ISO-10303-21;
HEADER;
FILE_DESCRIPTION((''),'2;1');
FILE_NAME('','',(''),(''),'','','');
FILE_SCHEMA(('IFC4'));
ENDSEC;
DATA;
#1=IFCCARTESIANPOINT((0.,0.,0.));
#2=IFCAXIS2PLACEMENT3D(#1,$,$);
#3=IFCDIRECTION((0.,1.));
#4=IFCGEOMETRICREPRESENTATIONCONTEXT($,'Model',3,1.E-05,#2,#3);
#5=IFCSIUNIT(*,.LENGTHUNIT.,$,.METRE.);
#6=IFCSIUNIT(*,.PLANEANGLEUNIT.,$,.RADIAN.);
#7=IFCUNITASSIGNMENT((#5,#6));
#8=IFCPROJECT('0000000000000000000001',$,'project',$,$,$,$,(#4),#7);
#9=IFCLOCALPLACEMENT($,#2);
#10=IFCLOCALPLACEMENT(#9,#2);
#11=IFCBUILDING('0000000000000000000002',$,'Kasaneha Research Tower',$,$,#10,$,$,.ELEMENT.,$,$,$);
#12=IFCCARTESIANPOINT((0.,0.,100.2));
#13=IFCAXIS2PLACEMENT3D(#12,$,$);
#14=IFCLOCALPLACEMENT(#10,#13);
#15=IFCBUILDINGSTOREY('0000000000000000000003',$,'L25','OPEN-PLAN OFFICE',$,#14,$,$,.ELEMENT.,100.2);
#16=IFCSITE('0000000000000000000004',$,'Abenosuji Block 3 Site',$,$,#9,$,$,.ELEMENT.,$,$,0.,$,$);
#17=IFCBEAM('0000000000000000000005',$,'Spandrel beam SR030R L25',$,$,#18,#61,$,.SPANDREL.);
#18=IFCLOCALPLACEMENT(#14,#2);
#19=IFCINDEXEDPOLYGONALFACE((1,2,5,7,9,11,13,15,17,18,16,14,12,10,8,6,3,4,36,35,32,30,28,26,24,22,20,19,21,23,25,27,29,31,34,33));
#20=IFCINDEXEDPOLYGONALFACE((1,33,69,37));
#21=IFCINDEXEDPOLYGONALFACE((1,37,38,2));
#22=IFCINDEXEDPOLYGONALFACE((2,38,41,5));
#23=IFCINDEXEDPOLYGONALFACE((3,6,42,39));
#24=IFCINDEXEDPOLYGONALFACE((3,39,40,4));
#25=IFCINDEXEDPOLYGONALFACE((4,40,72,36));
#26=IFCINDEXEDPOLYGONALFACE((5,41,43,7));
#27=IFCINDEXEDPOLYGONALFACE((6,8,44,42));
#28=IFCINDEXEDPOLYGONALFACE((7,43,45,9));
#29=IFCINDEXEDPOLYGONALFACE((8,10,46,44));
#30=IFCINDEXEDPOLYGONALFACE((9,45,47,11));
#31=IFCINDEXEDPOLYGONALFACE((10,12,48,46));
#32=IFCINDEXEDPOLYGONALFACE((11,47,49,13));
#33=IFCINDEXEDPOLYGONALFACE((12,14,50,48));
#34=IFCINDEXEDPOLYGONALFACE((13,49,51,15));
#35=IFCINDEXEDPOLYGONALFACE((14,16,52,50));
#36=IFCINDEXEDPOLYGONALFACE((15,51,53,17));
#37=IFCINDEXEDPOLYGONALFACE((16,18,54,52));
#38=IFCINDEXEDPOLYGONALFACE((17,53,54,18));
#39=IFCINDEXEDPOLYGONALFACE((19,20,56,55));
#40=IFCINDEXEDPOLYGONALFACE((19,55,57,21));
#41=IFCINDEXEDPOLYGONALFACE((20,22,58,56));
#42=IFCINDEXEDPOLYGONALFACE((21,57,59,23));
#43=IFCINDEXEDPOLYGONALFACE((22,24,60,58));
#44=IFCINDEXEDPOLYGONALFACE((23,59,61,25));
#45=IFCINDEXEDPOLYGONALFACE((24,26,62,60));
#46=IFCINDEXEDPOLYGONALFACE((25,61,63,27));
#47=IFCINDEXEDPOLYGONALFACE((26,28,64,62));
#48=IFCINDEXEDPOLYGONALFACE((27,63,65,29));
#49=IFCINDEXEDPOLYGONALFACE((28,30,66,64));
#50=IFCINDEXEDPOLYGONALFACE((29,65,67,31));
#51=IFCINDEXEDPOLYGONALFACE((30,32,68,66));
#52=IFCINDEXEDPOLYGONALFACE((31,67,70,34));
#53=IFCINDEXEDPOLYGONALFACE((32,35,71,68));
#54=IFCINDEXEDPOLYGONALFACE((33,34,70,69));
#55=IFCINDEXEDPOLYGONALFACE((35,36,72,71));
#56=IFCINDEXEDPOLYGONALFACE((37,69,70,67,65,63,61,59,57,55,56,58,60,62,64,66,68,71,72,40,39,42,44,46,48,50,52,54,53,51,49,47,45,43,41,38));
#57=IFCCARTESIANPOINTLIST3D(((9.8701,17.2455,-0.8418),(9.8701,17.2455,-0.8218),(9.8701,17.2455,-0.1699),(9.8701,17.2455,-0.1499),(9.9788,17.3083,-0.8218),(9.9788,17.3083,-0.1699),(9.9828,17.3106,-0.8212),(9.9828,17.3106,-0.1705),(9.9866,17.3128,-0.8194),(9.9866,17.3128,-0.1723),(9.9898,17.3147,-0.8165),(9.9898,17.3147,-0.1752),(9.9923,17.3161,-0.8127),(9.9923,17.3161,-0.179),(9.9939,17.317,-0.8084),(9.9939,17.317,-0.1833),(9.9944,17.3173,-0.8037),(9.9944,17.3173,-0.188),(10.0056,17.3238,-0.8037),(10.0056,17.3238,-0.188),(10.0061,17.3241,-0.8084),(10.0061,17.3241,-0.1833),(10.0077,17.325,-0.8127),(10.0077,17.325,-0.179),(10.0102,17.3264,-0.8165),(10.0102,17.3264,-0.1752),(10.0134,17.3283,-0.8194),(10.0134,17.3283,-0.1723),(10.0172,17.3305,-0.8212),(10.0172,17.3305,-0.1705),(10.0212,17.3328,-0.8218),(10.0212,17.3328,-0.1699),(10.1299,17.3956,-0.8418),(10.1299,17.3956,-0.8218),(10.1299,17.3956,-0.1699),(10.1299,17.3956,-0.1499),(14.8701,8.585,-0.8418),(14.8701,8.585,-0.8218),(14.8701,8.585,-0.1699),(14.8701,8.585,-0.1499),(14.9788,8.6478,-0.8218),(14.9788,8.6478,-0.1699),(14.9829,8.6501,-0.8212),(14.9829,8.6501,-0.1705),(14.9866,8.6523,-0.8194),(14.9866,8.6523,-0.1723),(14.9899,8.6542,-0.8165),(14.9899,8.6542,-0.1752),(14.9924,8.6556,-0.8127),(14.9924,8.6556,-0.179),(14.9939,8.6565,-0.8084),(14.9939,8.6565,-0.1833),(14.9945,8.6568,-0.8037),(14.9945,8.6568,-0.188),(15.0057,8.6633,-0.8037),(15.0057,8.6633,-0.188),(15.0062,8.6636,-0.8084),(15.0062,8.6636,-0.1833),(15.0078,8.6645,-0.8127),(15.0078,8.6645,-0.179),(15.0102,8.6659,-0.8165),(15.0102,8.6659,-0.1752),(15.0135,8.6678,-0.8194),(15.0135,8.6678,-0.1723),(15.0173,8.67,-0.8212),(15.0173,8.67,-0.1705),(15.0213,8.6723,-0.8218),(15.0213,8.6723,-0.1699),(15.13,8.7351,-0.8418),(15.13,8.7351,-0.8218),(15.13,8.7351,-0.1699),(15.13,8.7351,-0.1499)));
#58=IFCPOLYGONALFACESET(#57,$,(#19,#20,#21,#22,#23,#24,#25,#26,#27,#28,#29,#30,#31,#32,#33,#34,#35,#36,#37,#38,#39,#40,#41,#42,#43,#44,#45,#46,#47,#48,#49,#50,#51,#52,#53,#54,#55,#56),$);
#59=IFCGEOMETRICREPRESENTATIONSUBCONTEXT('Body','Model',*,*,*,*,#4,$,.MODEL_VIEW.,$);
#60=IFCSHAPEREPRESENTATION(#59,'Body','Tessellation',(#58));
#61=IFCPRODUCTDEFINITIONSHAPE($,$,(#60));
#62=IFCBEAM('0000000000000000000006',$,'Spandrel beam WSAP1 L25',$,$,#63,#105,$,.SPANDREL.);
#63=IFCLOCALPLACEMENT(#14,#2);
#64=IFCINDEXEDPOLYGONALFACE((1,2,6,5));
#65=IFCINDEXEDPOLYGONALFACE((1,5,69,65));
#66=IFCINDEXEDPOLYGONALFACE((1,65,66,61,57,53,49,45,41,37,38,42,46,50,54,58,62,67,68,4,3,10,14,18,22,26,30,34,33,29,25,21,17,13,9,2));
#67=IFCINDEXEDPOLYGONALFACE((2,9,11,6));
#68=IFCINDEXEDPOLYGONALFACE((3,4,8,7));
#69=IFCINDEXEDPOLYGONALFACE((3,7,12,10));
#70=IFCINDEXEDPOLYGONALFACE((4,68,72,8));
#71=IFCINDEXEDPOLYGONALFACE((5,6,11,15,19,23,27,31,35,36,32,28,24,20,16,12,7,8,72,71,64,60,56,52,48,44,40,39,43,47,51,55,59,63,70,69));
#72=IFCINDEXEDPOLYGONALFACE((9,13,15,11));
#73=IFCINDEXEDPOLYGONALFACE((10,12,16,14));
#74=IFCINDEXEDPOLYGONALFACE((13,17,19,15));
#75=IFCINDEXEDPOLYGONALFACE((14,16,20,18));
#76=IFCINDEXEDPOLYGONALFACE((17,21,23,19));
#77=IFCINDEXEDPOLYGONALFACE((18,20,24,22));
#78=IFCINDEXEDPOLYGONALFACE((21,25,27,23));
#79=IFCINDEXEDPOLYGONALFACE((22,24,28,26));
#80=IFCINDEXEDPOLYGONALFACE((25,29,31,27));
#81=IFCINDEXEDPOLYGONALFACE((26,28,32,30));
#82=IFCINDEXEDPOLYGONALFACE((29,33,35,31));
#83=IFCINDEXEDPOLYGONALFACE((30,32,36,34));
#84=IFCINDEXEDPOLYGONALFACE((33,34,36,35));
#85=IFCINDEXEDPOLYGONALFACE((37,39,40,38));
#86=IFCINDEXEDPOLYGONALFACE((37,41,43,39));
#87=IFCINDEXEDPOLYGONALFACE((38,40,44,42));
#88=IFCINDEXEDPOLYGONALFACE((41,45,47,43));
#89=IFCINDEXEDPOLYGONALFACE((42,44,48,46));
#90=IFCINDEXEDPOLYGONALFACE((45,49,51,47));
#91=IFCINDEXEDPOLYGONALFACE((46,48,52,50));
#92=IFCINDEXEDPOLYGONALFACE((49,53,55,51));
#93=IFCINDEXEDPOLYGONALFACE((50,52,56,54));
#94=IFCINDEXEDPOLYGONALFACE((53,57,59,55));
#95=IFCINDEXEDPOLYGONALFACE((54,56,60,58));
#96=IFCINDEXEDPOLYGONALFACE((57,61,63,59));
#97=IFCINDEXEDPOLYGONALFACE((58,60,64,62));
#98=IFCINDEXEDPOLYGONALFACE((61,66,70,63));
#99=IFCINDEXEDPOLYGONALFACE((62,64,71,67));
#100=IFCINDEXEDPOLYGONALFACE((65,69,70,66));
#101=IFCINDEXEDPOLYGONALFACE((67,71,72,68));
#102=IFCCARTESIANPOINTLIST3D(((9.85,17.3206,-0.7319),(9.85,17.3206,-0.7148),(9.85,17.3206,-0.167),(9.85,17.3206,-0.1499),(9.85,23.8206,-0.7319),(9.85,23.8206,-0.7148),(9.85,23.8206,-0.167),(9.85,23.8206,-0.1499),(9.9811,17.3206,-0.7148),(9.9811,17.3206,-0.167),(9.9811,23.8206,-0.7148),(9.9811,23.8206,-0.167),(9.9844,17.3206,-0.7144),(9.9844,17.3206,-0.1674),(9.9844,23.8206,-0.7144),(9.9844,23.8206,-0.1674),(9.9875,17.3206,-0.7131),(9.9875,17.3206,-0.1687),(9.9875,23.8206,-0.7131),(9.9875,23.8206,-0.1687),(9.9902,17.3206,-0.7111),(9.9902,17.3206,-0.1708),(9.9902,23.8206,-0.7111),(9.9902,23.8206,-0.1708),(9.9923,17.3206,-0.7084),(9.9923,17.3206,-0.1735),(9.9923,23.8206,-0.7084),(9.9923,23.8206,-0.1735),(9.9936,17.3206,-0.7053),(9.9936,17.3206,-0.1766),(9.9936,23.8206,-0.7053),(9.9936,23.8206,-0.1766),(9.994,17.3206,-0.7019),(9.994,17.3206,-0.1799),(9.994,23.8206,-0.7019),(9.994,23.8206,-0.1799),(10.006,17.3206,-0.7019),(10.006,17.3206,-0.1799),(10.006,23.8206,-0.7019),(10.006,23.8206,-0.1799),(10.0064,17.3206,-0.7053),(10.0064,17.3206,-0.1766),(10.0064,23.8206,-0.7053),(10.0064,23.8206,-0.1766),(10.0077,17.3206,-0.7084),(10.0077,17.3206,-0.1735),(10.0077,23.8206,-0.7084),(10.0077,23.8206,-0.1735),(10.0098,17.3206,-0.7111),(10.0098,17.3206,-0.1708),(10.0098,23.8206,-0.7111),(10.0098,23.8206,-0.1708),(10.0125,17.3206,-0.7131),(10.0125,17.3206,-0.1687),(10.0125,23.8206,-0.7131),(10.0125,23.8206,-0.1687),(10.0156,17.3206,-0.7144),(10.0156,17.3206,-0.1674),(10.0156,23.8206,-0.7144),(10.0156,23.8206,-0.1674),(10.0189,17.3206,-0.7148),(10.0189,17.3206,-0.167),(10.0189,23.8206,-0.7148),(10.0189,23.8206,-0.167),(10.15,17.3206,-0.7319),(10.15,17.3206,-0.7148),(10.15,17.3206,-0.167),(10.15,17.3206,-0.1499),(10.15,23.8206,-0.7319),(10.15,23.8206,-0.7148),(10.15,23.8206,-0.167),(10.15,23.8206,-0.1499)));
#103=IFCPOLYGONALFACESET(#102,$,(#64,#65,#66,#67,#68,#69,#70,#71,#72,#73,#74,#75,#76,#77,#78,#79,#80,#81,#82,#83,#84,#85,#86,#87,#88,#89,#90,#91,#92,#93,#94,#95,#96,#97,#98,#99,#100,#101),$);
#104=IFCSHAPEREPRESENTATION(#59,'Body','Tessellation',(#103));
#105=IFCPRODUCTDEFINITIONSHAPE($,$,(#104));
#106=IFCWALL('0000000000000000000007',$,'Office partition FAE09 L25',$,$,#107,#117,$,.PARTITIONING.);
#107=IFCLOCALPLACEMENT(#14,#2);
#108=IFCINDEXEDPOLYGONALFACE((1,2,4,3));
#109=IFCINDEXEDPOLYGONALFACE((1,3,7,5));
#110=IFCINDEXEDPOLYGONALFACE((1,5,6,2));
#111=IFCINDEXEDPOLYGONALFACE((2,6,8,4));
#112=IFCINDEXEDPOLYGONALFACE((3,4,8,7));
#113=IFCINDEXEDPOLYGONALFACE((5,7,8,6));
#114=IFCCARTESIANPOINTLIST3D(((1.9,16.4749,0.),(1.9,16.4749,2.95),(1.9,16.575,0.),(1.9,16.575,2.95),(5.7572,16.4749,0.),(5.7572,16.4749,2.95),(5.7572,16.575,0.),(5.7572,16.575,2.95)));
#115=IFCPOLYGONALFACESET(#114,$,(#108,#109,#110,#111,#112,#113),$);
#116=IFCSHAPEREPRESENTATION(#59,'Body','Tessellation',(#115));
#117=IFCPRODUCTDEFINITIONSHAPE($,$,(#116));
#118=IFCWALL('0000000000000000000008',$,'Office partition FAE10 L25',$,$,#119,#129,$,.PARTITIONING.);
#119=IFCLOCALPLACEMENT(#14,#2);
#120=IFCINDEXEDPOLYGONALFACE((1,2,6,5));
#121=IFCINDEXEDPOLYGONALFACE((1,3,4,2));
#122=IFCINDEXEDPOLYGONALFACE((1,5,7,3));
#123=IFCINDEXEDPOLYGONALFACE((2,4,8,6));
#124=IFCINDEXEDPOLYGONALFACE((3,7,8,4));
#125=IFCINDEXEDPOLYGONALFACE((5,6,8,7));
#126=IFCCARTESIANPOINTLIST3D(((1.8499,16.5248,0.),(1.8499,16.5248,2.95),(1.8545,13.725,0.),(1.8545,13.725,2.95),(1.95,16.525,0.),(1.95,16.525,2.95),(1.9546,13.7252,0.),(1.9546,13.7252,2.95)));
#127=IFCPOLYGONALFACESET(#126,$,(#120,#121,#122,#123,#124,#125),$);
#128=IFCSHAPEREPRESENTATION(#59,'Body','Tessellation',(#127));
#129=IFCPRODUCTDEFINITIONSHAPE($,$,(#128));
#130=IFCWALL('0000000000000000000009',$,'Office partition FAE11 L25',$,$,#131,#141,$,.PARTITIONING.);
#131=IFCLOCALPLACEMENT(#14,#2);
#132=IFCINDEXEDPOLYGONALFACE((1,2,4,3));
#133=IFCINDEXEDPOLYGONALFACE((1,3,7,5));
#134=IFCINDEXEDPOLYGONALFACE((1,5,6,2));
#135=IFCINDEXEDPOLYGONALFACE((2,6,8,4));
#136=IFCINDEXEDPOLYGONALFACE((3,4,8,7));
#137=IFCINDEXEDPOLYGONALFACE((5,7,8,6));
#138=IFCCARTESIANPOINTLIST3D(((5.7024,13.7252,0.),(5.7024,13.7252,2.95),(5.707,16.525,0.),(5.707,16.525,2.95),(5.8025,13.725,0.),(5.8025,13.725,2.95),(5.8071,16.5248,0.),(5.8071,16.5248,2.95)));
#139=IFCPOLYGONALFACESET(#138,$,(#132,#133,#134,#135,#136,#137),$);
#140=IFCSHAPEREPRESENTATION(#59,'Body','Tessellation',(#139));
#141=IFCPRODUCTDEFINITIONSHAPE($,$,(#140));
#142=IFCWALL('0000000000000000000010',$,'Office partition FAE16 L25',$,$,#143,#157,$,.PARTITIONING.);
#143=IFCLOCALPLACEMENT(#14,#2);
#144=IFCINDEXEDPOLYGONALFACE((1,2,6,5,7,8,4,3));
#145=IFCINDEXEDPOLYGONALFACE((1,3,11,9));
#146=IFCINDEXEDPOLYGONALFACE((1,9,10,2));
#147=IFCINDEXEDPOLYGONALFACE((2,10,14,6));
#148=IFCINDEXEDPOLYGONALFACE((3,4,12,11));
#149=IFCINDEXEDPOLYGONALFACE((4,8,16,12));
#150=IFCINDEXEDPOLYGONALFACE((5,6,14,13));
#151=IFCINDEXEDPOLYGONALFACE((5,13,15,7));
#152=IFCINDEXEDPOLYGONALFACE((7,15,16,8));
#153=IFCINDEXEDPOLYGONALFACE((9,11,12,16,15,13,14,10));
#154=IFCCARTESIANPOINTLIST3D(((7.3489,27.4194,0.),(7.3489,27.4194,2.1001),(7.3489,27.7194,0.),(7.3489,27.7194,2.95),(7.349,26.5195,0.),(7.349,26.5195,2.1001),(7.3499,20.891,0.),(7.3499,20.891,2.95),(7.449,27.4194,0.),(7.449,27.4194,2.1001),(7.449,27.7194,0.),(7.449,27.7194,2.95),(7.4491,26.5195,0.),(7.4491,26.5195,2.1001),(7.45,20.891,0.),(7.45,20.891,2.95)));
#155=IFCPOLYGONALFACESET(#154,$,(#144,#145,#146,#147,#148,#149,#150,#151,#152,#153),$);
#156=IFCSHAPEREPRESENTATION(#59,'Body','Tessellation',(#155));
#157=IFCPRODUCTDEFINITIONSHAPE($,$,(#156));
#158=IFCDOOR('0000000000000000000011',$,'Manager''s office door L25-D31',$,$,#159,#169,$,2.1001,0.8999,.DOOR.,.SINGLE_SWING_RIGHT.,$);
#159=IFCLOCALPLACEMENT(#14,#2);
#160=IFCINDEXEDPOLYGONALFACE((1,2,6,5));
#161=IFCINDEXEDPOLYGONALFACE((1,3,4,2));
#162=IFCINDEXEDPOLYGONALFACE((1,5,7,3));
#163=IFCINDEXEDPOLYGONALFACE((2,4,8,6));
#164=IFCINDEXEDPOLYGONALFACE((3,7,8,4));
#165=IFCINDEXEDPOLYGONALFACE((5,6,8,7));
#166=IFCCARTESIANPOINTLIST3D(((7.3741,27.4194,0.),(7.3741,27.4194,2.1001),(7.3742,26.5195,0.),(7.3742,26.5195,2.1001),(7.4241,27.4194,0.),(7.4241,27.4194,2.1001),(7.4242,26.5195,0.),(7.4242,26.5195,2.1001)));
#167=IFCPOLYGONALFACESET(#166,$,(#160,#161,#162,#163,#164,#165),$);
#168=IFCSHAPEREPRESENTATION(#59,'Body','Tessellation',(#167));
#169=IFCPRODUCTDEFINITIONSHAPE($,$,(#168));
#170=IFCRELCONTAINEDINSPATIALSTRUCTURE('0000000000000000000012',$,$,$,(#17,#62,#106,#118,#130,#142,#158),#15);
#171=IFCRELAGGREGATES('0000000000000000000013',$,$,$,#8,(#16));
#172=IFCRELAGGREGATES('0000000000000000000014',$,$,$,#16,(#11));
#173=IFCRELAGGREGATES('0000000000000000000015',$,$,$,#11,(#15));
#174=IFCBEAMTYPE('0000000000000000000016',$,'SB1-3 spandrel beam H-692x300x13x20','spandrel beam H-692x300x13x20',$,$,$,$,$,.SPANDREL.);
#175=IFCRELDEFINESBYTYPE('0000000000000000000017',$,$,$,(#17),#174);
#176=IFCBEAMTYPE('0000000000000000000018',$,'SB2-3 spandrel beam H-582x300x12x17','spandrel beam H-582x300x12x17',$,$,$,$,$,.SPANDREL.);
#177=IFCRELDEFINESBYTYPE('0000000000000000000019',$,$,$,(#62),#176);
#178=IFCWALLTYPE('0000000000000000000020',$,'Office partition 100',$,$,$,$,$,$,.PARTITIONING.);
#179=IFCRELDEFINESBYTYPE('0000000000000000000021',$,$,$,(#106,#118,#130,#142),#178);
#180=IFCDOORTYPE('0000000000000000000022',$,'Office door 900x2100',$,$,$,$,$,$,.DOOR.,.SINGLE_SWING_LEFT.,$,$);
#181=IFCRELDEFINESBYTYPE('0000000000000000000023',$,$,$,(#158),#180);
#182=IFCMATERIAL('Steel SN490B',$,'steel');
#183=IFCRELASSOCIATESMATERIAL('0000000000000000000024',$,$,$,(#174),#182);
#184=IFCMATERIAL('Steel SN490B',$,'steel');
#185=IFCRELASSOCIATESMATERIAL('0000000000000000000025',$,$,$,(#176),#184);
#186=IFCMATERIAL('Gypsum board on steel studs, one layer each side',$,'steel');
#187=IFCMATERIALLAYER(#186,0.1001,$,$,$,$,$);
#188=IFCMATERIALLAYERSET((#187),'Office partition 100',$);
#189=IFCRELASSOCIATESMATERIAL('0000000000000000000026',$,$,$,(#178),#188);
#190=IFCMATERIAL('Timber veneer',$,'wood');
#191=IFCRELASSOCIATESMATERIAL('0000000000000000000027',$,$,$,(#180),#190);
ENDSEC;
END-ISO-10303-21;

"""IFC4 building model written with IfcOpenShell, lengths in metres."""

from ifc_helpers import new_model, si_unit, direction, frame, frame_2d, origin, origin_2d, place, context, subcontext, project, spatial, rectangle, i_section, extrude, material, layer, layer_set, material_profile, profile_set, type_object, element, fill, save


model = new_model("IFC4")

# Units and contexts
model_context = context("Model", 3, precision=1e-05, world=origin(), true_north=direction((0.0, 1.0)))
body_context = subcontext(model_context, "Body", "Model", "MODEL_VIEW")
ifc_project = project(units=[si_unit("LENGTHUNIT", "METRE"), si_unit("PLANEANGLEUNIT", "RADIAN")], contexts=[model_context])

# Site, building, storey
site_placement = place(None, origin())
site = spatial("IfcSite", under=ifc_project, at=site_placement, Name="Abenosuji Block 3 Site", CompositionType="ELEMENT", RefElevation=0.0)
building_placement = place(site_placement, origin())
building = spatial("IfcBuilding", under=site, at=building_placement, Name="Kasaneha Research Tower", CompositionType="ELEMENT")
storey_placement = place(building_placement, frame((0.0, 0.0, 100.2)))
storey = spatial("IfcBuildingStorey", under=building, at=storey_placement, Name="L25", Description="OPEN-PLAN OFFICE", CompositionType="ELEMENT", Elevation=100.2)

# Beams
ifc_material_1 = material(Name="Steel SN490B", Category="steel")
ifc_material_profile_1 = material_profile(ifc_material_1, i_section(OverallWidth=0.3, OverallDepth=0.6919, WebThickness=0.0129, FlangeThickness=0.02, FilletRadius=0.0181, at=origin_2d()), Name="H-692x300x13x20")
ifc_profile_set_1 = profile_set([ifc_material_profile_1], Name="Steel SN490B")
beam_type_1 = type_object("IfcBeamType", Name="SB1-3 spandrel beam H-692x300x13x20", Description="spandrel beam H-692x300x13x20", PredefinedType="SPANDREL", material=ifc_profile_set_1)
beam_1_placement = place(storey_placement, frame((10.0, 17.3206, -0.4958), z_axis=(0.499994, -0.866029, 0.0), x_axis=(0.866029, 0.499994, 0.0)))
element("IfcBeam", 1, at=beam_1_placement, inside=storey, type_object=beam_type_1, Name="Spandrel beam SR030R L25", PredefinedType="SPANDREL", context=body_context, shape_type="SweptSolid", body=[
    extrude(i_section(OverallWidth=0.3, OverallDepth=0.6919, WebThickness=0.0129, FlangeThickness=0.02, FilletRadius=0.0181, at=origin_2d()), origin(), (0.0, 0.0, 1.0), 10.0002),
])
ifc_material_2 = material(Name="Steel SN490B", Category="steel")
ifc_material_profile_2 = material_profile(ifc_material_2, i_section(OverallWidth=0.3, OverallDepth=0.582, WebThickness=0.012, FlangeThickness=0.0171, FilletRadius=0.0129, at=origin_2d()), Name="H-582x300x12x17")
ifc_profile_set_2 = profile_set([ifc_material_profile_2], Name="Steel SN490B")
beam_type_2 = type_object("IfcBeamType", Name="SB2-3 spandrel beam H-582x300x12x17", Description="spandrel beam H-582x300x12x17", PredefinedType="SPANDREL", material=ifc_profile_set_2)
beam_2_placement = place(storey_placement, frame((10.0, 17.3206, -0.4409), z_axis=(0.0, 1.0, 0.0), x_axis=(-1.0, 0.0, 0.0)))
element("IfcBeam", 2, at=beam_2_placement, inside=storey, type_object=beam_type_2, Name="Spandrel beam WSAP1 L25", PredefinedType="SPANDREL", context=body_context, shape_type="SweptSolid", body=[
    extrude(i_section(OverallWidth=0.3, OverallDepth=0.582, WebThickness=0.012, FlangeThickness=0.0171, FilletRadius=0.0129, at=origin_2d()), origin(), (0.0, 0.0, 1.0), 6.5),
])

# Walls
ifc_material_3 = material(Name="Gypsum board on steel studs, one layer each side", Category="steel")
ifc_layer_1 = layer(ifc_material_3, 0.1001)
ifc_layer_set_1 = layer_set([ifc_layer_1], Name="Office partition 100")
wall_type_1 = type_object("IfcWallType", Name="Office partition 100", PredefinedType="PARTITIONING", material=ifc_layer_set_1)
wall_1_placement = place(storey_placement, frame((1.8999, 16.5249, 0.0), z_axis=(0.0, 0.0, 1.0), x_axis=(1.0, 0.0, 0.0)))
element("IfcWall", 3, at=wall_1_placement, inside=storey, type_object=wall_type_1, Name="Office partition FAE09 L25", PredefinedType="PARTITIONING", context=body_context, shape_type="SweptSolid", body=[
    extrude(rectangle(XDim=3.8572, YDim=0.1001, at=frame_2d((1.9287, 0.0))), origin(), (0.0, 0.0, 1.0), 2.95),
])
for number, where, z_axis, x_axis, name in (
    (4, (1.9045, 13.7251, 0.0), (0.0, 0.0, 1.0), (-0.001657, 0.999999, 0.0), "Office partition FAE10 L25"),
    (5, (5.7571, 16.5249, 0.0), (0.0, 0.0, 1.0), (-0.001657, -0.999999, 0.0), "Office partition FAE11 L25"),
):
    element("IfcWall", number, at=place(storey_placement, frame(where, z_axis=z_axis, x_axis=x_axis)), inside=storey, type_object=wall_type_1, Name=name, PredefinedType="PARTITIONING", context=body_context, shape_type="SweptSolid", body=[
        extrude(rectangle(XDim=2.7998, YDim=0.1001, at=frame_2d((1.3999, 0.0))), origin(), (0.0, 0.0, 1.0), 2.95),
    ])

# Wall, opening, door
wall_2_placement = place(storey_placement, frame((7.3999, 20.8911, 0.0), z_axis=(0.0, 0.0, 1.0), x_axis=(-0.000143, 1.0, 0.0)))
wall_2 = element("IfcWall", 6, at=wall_2_placement, inside=storey, type_object=wall_type_1, Name="Office partition FAE16 L25", PredefinedType="PARTITIONING", context=body_context, shape_type="SweptSolid", body=[
    extrude(rectangle(XDim=6.8284, YDim=0.1001, at=frame_2d((3.4141, 0.0))), origin(), (0.0, 0.0, 1.0), 2.95),
])
opening_1_placement = place(wall_2_placement, frame((5.6284, 0.0, 0.0)))
opening_1 = element("IfcOpeningElement", 7, at=opening_1_placement, cuts=wall_2, PredefinedType="OPENING", context=body_context, shape_type="SweptSolid", body=[
    extrude(rectangle(XDim=0.8999, YDim=2.1001, at=frame_2d((0.45, 1.05))), frame((0.0, 0.0601, 0.0), z_axis=(0.0, -1.0, 0.0), x_axis=(1.0, 0.0, 0.0)), (0.0, 0.0, 1.0), 0.1201),
])
ifc_material_4 = material(Name="Timber veneer", Category="wood")
door_type_1 = type_object("IfcDoorType", Name="Office door 900x2100", OperationType="SINGLE_SWING_LEFT", PredefinedType="DOOR", material=ifc_material_4)
door_1_placement = place(opening_1_placement, origin())
door_1 = element("IfcDoor", 8, at=door_1_placement, inside=storey, type_object=door_type_1, Name="Manager's office door L25-D31", OperationType="SINGLE_SWING_RIGHT", OverallHeight=2.1001, OverallWidth=0.8999, PredefinedType="DOOR", context=body_context, shape_type="SweptSolid", body=[
    extrude(rectangle(XDim=0.8999, YDim=2.1001, at=frame_2d((0.45, 1.05))), frame((0.0, 0.0249, 0.0), z_axis=(0.0, -1.0, 0.0), x_axis=(1.0, 0.0, 0.0)), (0.0, 0.0, 1.0), 0.05),
])
fill(opening_1, door_1)

save(model, "model.ifc")
